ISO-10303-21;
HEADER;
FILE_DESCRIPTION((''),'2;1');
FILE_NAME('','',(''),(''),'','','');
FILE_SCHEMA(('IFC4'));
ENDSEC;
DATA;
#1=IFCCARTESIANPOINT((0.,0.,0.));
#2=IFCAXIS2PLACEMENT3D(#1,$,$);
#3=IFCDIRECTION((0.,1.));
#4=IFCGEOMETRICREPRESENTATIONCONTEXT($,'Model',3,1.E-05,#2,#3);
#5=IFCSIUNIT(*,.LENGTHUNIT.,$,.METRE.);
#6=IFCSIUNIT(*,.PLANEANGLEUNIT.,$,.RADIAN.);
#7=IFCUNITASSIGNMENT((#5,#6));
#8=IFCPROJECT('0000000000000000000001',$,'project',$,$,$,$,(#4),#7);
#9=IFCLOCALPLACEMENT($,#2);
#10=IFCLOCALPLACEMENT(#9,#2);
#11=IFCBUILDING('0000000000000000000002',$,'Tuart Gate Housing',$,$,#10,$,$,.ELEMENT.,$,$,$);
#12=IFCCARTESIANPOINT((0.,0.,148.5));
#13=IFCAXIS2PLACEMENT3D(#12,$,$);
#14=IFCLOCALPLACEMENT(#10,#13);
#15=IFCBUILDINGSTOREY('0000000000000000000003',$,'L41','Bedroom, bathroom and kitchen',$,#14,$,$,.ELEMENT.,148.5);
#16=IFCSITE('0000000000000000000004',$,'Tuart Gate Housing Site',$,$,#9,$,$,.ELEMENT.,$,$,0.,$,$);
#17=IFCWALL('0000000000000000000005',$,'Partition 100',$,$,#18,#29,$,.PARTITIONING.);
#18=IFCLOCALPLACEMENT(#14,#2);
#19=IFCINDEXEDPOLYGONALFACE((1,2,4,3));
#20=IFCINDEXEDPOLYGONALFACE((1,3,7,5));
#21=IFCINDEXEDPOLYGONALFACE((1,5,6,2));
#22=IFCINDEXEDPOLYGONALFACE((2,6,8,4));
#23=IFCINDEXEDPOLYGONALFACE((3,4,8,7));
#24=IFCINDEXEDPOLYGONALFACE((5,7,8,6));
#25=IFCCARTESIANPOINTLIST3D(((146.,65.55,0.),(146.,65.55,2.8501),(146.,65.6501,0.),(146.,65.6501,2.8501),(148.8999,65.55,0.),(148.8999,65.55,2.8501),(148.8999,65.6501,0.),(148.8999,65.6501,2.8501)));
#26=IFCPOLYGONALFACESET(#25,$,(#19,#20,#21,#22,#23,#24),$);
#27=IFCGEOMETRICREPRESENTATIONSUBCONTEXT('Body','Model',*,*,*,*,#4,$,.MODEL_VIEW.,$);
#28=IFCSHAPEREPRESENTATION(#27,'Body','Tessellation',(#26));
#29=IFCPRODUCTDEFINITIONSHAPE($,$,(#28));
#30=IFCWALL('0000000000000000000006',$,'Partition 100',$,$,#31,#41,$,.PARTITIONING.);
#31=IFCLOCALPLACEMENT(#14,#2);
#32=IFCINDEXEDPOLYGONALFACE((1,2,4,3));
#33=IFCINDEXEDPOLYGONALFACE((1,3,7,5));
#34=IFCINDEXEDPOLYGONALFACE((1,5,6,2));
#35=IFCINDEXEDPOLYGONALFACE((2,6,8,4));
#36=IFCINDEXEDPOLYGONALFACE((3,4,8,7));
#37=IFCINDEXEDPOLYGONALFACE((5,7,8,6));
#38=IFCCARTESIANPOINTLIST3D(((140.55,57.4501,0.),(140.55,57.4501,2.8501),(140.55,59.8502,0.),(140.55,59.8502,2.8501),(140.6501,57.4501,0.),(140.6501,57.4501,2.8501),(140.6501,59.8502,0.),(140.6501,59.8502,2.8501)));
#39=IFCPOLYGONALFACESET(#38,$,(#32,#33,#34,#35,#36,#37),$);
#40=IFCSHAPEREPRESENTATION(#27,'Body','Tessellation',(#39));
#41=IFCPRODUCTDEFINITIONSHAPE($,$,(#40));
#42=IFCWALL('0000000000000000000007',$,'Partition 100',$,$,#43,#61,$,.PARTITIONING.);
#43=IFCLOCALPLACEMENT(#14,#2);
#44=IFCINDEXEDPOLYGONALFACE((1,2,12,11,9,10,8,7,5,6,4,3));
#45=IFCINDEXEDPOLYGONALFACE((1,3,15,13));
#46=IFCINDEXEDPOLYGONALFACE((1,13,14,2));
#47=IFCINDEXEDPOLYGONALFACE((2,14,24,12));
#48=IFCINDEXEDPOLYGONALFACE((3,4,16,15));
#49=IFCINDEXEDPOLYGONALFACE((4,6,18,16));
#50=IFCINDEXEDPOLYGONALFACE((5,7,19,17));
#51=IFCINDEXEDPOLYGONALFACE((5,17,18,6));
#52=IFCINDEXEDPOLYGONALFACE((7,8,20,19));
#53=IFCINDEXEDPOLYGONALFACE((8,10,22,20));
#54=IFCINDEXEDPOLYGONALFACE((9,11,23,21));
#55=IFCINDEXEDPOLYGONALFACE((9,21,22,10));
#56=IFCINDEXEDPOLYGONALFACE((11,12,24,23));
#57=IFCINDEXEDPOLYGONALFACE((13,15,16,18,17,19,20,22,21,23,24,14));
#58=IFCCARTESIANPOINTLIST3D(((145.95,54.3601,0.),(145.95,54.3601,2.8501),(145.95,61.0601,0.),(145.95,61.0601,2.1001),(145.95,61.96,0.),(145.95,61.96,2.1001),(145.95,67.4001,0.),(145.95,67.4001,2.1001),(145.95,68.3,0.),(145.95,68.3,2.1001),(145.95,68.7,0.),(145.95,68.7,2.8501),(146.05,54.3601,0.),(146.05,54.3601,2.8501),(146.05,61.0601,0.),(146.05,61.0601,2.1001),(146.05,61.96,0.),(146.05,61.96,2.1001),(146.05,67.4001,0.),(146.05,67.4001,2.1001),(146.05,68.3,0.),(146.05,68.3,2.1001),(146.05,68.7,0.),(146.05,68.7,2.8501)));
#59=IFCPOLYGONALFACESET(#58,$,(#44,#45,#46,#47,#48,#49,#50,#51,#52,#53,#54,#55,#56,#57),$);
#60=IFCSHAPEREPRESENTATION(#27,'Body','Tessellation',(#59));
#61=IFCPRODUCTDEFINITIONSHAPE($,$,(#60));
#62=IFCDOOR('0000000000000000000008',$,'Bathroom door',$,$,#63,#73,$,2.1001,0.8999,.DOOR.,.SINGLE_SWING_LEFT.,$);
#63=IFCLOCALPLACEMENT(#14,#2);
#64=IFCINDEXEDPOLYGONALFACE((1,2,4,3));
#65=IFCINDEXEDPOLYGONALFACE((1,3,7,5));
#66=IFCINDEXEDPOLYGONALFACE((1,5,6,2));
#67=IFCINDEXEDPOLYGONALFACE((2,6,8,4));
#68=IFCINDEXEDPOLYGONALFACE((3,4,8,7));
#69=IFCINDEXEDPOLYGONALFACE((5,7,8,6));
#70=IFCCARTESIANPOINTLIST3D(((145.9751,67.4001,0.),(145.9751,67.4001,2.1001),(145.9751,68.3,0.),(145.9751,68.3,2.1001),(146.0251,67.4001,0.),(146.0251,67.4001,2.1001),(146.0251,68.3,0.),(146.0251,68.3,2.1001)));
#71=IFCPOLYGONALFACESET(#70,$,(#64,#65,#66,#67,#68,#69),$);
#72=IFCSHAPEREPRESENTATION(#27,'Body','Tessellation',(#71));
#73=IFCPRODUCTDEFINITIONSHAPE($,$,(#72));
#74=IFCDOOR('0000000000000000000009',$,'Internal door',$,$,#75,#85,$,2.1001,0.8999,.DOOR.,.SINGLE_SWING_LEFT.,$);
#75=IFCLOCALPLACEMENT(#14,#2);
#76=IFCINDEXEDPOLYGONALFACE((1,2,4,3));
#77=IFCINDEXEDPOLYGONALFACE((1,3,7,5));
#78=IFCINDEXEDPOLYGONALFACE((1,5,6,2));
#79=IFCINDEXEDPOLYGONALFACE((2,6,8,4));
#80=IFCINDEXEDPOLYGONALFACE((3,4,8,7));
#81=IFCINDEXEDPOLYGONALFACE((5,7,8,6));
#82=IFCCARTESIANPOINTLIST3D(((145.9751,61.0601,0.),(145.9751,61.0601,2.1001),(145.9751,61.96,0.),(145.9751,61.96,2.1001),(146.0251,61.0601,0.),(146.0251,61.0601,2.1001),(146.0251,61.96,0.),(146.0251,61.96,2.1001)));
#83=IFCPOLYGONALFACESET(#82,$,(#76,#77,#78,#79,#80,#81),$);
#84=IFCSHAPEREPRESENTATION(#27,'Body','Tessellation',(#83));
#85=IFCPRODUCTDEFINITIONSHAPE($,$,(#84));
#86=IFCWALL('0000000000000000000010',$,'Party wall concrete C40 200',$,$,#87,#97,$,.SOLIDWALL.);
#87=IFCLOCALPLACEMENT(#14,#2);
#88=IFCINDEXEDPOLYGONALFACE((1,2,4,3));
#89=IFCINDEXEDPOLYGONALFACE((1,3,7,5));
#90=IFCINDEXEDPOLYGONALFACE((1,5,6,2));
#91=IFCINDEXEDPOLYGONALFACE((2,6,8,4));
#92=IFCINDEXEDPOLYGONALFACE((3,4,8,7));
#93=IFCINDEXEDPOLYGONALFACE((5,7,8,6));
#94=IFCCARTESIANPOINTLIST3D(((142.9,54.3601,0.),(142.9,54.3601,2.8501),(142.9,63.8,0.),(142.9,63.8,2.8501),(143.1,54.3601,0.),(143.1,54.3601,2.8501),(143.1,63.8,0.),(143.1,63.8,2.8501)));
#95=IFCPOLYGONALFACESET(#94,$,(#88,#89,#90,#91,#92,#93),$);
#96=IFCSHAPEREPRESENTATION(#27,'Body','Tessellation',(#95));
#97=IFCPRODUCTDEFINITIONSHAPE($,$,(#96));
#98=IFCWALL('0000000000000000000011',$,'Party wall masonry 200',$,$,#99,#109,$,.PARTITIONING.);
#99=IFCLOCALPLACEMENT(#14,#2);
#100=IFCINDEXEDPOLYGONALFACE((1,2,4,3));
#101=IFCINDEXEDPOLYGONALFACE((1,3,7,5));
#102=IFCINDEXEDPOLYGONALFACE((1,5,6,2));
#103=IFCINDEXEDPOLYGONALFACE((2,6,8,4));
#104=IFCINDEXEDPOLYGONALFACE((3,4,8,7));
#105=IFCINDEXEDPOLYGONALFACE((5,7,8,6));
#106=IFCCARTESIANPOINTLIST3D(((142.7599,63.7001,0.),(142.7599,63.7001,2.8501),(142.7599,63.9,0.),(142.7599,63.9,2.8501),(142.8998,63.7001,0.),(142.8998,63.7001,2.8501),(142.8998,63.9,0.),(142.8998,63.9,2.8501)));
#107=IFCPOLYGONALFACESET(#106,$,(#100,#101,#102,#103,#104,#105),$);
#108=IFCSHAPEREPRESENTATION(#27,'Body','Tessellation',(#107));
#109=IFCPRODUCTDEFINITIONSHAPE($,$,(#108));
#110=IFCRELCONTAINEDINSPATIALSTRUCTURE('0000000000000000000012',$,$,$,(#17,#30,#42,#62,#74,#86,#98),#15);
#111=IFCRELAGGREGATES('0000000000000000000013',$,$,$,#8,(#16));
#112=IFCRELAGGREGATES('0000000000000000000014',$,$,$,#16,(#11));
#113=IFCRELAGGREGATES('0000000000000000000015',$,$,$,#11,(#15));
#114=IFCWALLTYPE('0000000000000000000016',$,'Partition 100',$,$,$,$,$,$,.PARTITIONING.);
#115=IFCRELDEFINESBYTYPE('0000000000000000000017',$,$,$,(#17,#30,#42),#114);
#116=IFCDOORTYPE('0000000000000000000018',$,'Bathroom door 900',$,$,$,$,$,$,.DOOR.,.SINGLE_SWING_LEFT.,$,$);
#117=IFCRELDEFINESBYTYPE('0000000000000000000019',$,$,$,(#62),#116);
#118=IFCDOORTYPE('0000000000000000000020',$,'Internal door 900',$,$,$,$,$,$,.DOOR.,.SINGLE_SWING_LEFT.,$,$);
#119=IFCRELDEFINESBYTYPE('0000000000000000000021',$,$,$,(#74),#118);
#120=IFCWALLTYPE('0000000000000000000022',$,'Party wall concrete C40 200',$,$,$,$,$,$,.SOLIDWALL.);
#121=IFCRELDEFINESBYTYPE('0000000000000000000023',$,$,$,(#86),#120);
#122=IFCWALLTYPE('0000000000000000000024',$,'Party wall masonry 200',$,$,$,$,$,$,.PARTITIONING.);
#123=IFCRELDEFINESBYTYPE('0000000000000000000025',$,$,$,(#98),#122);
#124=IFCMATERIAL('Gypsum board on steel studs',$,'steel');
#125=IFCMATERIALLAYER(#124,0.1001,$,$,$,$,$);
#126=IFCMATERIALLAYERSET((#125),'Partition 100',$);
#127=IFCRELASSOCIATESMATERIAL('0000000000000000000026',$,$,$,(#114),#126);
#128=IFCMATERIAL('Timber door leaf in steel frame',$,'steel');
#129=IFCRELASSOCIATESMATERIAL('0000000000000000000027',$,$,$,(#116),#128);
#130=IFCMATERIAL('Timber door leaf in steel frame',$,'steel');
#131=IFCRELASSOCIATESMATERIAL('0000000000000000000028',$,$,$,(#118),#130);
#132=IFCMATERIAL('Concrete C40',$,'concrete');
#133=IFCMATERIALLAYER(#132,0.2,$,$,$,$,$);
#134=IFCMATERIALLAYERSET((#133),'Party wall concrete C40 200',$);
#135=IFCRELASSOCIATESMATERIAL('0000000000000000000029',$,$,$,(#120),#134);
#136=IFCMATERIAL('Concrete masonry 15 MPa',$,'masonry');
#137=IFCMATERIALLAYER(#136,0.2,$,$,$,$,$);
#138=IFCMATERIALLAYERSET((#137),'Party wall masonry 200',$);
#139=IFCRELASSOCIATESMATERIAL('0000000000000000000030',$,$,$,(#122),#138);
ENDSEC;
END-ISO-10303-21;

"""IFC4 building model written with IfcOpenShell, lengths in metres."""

from ifc_helpers import new_model, si_unit, direction, frame, frame_2d, origin, place, context, subcontext, project, spatial, rectangle, extrude, material, layer, layer_set, type_object, element, fill, save


model = new_model("IFC4")

# Units and contexts
model_context = context("Model", 3, precision=1e-05, world=origin(), true_north=direction((0.0, 1.0)))
body_context = subcontext(model_context, "Body", "Model", "MODEL_VIEW")
ifc_project = project(units=[si_unit("LENGTHUNIT", "METRE"), si_unit("PLANEANGLEUNIT", "RADIAN")], contexts=[model_context])

# Site, building, storey
site_placement = place(None, origin())
site = spatial("IfcSite", under=ifc_project, at=site_placement, Name="Tuart Gate Housing Site", CompositionType="ELEMENT", RefElevation=0.0)
building_placement = place(site_placement, origin())
building = spatial("IfcBuilding", under=site, at=building_placement, Name="Tuart Gate Housing", CompositionType="ELEMENT")
storey_placement = place(building_placement, frame((0.0, 0.0, 148.5)))
storey = spatial("IfcBuildingStorey", under=building, at=storey_placement, Name="L41", Description="Bedroom, bathroom and kitchen", CompositionType="ELEMENT", Elevation=148.5)

# Shared definitions
ifc_material_1 = material(Name="Gypsum board on steel studs", Category="steel")
ifc_layer_1 = layer(ifc_material_1, 0.1001)
ifc_layer_set_1 = layer_set([ifc_layer_1], Name="Partition 100")
wall_type_1 = type_object("IfcWallType", Name="Partition 100", PredefinedType="PARTITIONING", material=ifc_layer_set_1)

# Walls
wall_1_placement = place(storey_placement, frame((146.0, 65.6001, 0.0), z_axis=(0.0, 0.0, 1.0), x_axis=(1.0, 0.0, 0.0)))
element("IfcWall", 1, at=wall_1_placement, inside=storey, type_object=wall_type_1, Name="Partition 100", PredefinedType="PARTITIONING", context=body_context, shape_type="SweptSolid", body=[
    extrude(rectangle(XDim=2.8999, YDim=0.1001, at=frame_2d((1.45, 0.0))), origin(), (0.0, 0.0, 1.0), 2.8501),
])
wall_2_placement = place(storey_placement, frame((140.6001, 57.45, 0.0), z_axis=(0.0, 0.0, 1.0), x_axis=(0.0, 1.0, 0.0)))
element("IfcWall", 2, at=wall_2_placement, inside=storey, type_object=wall_type_1, Name="Partition 100", PredefinedType="PARTITIONING", context=body_context, shape_type="SweptSolid", body=[
    extrude(rectangle(XDim=2.4001, YDim=0.1001, at=frame_2d((1.2002, 0.0))), origin(), (0.0, 0.0, 1.0), 2.8501),
])

# Wall, openings, doors
wall_3_placement = place(storey_placement, frame((146.0, 54.3601, 0.0), z_axis=(0.0, 0.0, 1.0), x_axis=(0.0, 1.0, 0.0)))
wall_3 = element("IfcWall", 3, at=wall_3_placement, inside=storey, type_object=wall_type_1, Name="Partition 100", PredefinedType="PARTITIONING", context=body_context, shape_type="SweptSolid", body=[
    extrude(rectangle(XDim=14.3398, YDim=0.1001, at=frame_2d((7.1699, 0.0))), origin(), (0.0, 0.0, 1.0), 2.8501),
])
opening_1_placement = place(wall_3_placement, frame((6.7, 0.0, 0.0)))
opening_1 = element("IfcOpeningElement", 4, at=opening_1_placement, cuts=wall_3, PredefinedType="OPENING", context=body_context, shape_type="SweptSolid", body=[
    extrude(rectangle(XDim=0.8999, YDim=2.1001, at=frame_2d((0.45, 1.05))), frame((0.0, 0.0601, 0.0), z_axis=(0.0, -1.0, 0.0), x_axis=(1.0, 0.0, 0.0)), (0.0, 0.0, 1.0), 0.1201),
])
opening_2_placement = place(wall_3_placement, frame((13.04, 0.0, 0.0)))
opening_2 = element("IfcOpeningElement", 5, at=opening_2_placement, cuts=wall_3, PredefinedType="OPENING", context=body_context, shape_type="SweptSolid", body=[
    extrude(rectangle(XDim=0.8999, YDim=2.1001, at=frame_2d((0.45, 1.05))), frame((0.0, 0.0601, 0.0), z_axis=(0.0, -1.0, 0.0), x_axis=(1.0, 0.0, 0.0)), (0.0, 0.0, 1.0), 0.1201),
])
ifc_material_2 = material(Name="Timber door leaf in steel frame", Category="steel")
door_type_1 = type_object("IfcDoorType", Name="Bathroom door 900", OperationType="SINGLE_SWING_LEFT", PredefinedType="DOOR", material=ifc_material_2)
door_1_placement = place(opening_2_placement, frame((0.8999, 0.0, 0.0), z_axis=(0.0, 0.0, 1.0), x_axis=(-1.0, 0.0, 0.0)))
door_1 = element("IfcDoor", 6, at=door_1_placement, inside=storey, type_object=door_type_1, Name="Bathroom door", OperationType="SINGLE_SWING_LEFT", OverallHeight=2.1001, OverallWidth=0.8999, PredefinedType="DOOR", context=body_context, shape_type="SweptSolid", body=[
    extrude(rectangle(XDim=0.8999, YDim=2.1001, at=frame_2d((0.45, 1.05))), frame((0.0, 0.0251, 0.0), z_axis=(0.0, -1.0, 0.0), x_axis=(1.0, 0.0, 0.0)), (0.0, 0.0, 1.0), 0.05),
])
fill(opening_2, door_1)
ifc_material_3 = material(Name="Timber door leaf in steel frame", Category="steel")
door_type_2 = type_object("IfcDoorType", Name="Internal door 900", OperationType="SINGLE_SWING_LEFT", PredefinedType="DOOR", material=ifc_material_3)
door_2_placement = place(opening_1_placement, frame((0.8999, 0.0, 0.0), z_axis=(0.0, 0.0, 1.0), x_axis=(-1.0, 0.0, 0.0)))
door_2 = element("IfcDoor", 7, at=door_2_placement, inside=storey, type_object=door_type_2, Name="Internal door", OperationType="SINGLE_SWING_LEFT", OverallHeight=2.1001, OverallWidth=0.8999, PredefinedType="DOOR", context=body_context, shape_type="SweptSolid", body=[
    extrude(rectangle(XDim=0.8999, YDim=2.1001, at=frame_2d((0.45, 1.05))), frame((0.0, 0.0251, 0.0), z_axis=(0.0, -1.0, 0.0), x_axis=(1.0, 0.0, 0.0)), (0.0, 0.0, 1.0), 0.05),
])
fill(opening_1, door_2)

# Walls
ifc_material_4 = material(Name="Concrete C40", Category="concrete")
ifc_layer_2 = layer(ifc_material_4, 0.2)
ifc_layer_set_2 = layer_set([ifc_layer_2], Name="Party wall concrete C40 200")
wall_type_2 = type_object("IfcWallType", Name="Party wall concrete C40 200", PredefinedType="SOLIDWALL", material=ifc_layer_set_2)
wall_4_placement = place(storey_placement, frame((143.0, 54.3601, 0.0), z_axis=(0.0, 0.0, 1.0), x_axis=(0.0, 1.0, 0.0)))
element("IfcWall", 8, at=wall_4_placement, inside=storey, type_object=wall_type_2, Name="Party wall concrete C40 200", PredefinedType="SOLIDWALL", context=body_context, shape_type="SweptSolid", body=[
    extrude(rectangle(XDim=9.4399, YDim=0.2, at=frame_2d((4.72, 0.0))), origin(), (0.0, 0.0, 1.0), 2.8501),
])
ifc_material_5 = material(Name="Concrete masonry 15 MPa", Category="masonry")
ifc_layer_3 = layer(ifc_material_5, 0.2)
ifc_layer_set_3 = layer_set([ifc_layer_3], Name="Party wall masonry 200")
wall_type_3 = type_object("IfcWallType", Name="Party wall masonry 200", PredefinedType="PARTITIONING", material=ifc_layer_set_3)
wall_5_placement = place(storey_placement, frame((142.76, 63.8, 0.0), z_axis=(0.0, 0.0, 1.0), x_axis=(1.0, 0.0, 0.0)))
element("IfcWall", 9, at=wall_5_placement, inside=storey, type_object=wall_type_3, Name="Party wall masonry 200", PredefinedType="PARTITIONING", context=body_context, shape_type="SweptSolid", body=[
    extrude(rectangle(XDim=0.1399, YDim=0.2, at=frame_2d((0.0698, 0.0))), origin(), (0.0, 0.0, 1.0), 2.8501),
])

save(model, "model.ifc")
